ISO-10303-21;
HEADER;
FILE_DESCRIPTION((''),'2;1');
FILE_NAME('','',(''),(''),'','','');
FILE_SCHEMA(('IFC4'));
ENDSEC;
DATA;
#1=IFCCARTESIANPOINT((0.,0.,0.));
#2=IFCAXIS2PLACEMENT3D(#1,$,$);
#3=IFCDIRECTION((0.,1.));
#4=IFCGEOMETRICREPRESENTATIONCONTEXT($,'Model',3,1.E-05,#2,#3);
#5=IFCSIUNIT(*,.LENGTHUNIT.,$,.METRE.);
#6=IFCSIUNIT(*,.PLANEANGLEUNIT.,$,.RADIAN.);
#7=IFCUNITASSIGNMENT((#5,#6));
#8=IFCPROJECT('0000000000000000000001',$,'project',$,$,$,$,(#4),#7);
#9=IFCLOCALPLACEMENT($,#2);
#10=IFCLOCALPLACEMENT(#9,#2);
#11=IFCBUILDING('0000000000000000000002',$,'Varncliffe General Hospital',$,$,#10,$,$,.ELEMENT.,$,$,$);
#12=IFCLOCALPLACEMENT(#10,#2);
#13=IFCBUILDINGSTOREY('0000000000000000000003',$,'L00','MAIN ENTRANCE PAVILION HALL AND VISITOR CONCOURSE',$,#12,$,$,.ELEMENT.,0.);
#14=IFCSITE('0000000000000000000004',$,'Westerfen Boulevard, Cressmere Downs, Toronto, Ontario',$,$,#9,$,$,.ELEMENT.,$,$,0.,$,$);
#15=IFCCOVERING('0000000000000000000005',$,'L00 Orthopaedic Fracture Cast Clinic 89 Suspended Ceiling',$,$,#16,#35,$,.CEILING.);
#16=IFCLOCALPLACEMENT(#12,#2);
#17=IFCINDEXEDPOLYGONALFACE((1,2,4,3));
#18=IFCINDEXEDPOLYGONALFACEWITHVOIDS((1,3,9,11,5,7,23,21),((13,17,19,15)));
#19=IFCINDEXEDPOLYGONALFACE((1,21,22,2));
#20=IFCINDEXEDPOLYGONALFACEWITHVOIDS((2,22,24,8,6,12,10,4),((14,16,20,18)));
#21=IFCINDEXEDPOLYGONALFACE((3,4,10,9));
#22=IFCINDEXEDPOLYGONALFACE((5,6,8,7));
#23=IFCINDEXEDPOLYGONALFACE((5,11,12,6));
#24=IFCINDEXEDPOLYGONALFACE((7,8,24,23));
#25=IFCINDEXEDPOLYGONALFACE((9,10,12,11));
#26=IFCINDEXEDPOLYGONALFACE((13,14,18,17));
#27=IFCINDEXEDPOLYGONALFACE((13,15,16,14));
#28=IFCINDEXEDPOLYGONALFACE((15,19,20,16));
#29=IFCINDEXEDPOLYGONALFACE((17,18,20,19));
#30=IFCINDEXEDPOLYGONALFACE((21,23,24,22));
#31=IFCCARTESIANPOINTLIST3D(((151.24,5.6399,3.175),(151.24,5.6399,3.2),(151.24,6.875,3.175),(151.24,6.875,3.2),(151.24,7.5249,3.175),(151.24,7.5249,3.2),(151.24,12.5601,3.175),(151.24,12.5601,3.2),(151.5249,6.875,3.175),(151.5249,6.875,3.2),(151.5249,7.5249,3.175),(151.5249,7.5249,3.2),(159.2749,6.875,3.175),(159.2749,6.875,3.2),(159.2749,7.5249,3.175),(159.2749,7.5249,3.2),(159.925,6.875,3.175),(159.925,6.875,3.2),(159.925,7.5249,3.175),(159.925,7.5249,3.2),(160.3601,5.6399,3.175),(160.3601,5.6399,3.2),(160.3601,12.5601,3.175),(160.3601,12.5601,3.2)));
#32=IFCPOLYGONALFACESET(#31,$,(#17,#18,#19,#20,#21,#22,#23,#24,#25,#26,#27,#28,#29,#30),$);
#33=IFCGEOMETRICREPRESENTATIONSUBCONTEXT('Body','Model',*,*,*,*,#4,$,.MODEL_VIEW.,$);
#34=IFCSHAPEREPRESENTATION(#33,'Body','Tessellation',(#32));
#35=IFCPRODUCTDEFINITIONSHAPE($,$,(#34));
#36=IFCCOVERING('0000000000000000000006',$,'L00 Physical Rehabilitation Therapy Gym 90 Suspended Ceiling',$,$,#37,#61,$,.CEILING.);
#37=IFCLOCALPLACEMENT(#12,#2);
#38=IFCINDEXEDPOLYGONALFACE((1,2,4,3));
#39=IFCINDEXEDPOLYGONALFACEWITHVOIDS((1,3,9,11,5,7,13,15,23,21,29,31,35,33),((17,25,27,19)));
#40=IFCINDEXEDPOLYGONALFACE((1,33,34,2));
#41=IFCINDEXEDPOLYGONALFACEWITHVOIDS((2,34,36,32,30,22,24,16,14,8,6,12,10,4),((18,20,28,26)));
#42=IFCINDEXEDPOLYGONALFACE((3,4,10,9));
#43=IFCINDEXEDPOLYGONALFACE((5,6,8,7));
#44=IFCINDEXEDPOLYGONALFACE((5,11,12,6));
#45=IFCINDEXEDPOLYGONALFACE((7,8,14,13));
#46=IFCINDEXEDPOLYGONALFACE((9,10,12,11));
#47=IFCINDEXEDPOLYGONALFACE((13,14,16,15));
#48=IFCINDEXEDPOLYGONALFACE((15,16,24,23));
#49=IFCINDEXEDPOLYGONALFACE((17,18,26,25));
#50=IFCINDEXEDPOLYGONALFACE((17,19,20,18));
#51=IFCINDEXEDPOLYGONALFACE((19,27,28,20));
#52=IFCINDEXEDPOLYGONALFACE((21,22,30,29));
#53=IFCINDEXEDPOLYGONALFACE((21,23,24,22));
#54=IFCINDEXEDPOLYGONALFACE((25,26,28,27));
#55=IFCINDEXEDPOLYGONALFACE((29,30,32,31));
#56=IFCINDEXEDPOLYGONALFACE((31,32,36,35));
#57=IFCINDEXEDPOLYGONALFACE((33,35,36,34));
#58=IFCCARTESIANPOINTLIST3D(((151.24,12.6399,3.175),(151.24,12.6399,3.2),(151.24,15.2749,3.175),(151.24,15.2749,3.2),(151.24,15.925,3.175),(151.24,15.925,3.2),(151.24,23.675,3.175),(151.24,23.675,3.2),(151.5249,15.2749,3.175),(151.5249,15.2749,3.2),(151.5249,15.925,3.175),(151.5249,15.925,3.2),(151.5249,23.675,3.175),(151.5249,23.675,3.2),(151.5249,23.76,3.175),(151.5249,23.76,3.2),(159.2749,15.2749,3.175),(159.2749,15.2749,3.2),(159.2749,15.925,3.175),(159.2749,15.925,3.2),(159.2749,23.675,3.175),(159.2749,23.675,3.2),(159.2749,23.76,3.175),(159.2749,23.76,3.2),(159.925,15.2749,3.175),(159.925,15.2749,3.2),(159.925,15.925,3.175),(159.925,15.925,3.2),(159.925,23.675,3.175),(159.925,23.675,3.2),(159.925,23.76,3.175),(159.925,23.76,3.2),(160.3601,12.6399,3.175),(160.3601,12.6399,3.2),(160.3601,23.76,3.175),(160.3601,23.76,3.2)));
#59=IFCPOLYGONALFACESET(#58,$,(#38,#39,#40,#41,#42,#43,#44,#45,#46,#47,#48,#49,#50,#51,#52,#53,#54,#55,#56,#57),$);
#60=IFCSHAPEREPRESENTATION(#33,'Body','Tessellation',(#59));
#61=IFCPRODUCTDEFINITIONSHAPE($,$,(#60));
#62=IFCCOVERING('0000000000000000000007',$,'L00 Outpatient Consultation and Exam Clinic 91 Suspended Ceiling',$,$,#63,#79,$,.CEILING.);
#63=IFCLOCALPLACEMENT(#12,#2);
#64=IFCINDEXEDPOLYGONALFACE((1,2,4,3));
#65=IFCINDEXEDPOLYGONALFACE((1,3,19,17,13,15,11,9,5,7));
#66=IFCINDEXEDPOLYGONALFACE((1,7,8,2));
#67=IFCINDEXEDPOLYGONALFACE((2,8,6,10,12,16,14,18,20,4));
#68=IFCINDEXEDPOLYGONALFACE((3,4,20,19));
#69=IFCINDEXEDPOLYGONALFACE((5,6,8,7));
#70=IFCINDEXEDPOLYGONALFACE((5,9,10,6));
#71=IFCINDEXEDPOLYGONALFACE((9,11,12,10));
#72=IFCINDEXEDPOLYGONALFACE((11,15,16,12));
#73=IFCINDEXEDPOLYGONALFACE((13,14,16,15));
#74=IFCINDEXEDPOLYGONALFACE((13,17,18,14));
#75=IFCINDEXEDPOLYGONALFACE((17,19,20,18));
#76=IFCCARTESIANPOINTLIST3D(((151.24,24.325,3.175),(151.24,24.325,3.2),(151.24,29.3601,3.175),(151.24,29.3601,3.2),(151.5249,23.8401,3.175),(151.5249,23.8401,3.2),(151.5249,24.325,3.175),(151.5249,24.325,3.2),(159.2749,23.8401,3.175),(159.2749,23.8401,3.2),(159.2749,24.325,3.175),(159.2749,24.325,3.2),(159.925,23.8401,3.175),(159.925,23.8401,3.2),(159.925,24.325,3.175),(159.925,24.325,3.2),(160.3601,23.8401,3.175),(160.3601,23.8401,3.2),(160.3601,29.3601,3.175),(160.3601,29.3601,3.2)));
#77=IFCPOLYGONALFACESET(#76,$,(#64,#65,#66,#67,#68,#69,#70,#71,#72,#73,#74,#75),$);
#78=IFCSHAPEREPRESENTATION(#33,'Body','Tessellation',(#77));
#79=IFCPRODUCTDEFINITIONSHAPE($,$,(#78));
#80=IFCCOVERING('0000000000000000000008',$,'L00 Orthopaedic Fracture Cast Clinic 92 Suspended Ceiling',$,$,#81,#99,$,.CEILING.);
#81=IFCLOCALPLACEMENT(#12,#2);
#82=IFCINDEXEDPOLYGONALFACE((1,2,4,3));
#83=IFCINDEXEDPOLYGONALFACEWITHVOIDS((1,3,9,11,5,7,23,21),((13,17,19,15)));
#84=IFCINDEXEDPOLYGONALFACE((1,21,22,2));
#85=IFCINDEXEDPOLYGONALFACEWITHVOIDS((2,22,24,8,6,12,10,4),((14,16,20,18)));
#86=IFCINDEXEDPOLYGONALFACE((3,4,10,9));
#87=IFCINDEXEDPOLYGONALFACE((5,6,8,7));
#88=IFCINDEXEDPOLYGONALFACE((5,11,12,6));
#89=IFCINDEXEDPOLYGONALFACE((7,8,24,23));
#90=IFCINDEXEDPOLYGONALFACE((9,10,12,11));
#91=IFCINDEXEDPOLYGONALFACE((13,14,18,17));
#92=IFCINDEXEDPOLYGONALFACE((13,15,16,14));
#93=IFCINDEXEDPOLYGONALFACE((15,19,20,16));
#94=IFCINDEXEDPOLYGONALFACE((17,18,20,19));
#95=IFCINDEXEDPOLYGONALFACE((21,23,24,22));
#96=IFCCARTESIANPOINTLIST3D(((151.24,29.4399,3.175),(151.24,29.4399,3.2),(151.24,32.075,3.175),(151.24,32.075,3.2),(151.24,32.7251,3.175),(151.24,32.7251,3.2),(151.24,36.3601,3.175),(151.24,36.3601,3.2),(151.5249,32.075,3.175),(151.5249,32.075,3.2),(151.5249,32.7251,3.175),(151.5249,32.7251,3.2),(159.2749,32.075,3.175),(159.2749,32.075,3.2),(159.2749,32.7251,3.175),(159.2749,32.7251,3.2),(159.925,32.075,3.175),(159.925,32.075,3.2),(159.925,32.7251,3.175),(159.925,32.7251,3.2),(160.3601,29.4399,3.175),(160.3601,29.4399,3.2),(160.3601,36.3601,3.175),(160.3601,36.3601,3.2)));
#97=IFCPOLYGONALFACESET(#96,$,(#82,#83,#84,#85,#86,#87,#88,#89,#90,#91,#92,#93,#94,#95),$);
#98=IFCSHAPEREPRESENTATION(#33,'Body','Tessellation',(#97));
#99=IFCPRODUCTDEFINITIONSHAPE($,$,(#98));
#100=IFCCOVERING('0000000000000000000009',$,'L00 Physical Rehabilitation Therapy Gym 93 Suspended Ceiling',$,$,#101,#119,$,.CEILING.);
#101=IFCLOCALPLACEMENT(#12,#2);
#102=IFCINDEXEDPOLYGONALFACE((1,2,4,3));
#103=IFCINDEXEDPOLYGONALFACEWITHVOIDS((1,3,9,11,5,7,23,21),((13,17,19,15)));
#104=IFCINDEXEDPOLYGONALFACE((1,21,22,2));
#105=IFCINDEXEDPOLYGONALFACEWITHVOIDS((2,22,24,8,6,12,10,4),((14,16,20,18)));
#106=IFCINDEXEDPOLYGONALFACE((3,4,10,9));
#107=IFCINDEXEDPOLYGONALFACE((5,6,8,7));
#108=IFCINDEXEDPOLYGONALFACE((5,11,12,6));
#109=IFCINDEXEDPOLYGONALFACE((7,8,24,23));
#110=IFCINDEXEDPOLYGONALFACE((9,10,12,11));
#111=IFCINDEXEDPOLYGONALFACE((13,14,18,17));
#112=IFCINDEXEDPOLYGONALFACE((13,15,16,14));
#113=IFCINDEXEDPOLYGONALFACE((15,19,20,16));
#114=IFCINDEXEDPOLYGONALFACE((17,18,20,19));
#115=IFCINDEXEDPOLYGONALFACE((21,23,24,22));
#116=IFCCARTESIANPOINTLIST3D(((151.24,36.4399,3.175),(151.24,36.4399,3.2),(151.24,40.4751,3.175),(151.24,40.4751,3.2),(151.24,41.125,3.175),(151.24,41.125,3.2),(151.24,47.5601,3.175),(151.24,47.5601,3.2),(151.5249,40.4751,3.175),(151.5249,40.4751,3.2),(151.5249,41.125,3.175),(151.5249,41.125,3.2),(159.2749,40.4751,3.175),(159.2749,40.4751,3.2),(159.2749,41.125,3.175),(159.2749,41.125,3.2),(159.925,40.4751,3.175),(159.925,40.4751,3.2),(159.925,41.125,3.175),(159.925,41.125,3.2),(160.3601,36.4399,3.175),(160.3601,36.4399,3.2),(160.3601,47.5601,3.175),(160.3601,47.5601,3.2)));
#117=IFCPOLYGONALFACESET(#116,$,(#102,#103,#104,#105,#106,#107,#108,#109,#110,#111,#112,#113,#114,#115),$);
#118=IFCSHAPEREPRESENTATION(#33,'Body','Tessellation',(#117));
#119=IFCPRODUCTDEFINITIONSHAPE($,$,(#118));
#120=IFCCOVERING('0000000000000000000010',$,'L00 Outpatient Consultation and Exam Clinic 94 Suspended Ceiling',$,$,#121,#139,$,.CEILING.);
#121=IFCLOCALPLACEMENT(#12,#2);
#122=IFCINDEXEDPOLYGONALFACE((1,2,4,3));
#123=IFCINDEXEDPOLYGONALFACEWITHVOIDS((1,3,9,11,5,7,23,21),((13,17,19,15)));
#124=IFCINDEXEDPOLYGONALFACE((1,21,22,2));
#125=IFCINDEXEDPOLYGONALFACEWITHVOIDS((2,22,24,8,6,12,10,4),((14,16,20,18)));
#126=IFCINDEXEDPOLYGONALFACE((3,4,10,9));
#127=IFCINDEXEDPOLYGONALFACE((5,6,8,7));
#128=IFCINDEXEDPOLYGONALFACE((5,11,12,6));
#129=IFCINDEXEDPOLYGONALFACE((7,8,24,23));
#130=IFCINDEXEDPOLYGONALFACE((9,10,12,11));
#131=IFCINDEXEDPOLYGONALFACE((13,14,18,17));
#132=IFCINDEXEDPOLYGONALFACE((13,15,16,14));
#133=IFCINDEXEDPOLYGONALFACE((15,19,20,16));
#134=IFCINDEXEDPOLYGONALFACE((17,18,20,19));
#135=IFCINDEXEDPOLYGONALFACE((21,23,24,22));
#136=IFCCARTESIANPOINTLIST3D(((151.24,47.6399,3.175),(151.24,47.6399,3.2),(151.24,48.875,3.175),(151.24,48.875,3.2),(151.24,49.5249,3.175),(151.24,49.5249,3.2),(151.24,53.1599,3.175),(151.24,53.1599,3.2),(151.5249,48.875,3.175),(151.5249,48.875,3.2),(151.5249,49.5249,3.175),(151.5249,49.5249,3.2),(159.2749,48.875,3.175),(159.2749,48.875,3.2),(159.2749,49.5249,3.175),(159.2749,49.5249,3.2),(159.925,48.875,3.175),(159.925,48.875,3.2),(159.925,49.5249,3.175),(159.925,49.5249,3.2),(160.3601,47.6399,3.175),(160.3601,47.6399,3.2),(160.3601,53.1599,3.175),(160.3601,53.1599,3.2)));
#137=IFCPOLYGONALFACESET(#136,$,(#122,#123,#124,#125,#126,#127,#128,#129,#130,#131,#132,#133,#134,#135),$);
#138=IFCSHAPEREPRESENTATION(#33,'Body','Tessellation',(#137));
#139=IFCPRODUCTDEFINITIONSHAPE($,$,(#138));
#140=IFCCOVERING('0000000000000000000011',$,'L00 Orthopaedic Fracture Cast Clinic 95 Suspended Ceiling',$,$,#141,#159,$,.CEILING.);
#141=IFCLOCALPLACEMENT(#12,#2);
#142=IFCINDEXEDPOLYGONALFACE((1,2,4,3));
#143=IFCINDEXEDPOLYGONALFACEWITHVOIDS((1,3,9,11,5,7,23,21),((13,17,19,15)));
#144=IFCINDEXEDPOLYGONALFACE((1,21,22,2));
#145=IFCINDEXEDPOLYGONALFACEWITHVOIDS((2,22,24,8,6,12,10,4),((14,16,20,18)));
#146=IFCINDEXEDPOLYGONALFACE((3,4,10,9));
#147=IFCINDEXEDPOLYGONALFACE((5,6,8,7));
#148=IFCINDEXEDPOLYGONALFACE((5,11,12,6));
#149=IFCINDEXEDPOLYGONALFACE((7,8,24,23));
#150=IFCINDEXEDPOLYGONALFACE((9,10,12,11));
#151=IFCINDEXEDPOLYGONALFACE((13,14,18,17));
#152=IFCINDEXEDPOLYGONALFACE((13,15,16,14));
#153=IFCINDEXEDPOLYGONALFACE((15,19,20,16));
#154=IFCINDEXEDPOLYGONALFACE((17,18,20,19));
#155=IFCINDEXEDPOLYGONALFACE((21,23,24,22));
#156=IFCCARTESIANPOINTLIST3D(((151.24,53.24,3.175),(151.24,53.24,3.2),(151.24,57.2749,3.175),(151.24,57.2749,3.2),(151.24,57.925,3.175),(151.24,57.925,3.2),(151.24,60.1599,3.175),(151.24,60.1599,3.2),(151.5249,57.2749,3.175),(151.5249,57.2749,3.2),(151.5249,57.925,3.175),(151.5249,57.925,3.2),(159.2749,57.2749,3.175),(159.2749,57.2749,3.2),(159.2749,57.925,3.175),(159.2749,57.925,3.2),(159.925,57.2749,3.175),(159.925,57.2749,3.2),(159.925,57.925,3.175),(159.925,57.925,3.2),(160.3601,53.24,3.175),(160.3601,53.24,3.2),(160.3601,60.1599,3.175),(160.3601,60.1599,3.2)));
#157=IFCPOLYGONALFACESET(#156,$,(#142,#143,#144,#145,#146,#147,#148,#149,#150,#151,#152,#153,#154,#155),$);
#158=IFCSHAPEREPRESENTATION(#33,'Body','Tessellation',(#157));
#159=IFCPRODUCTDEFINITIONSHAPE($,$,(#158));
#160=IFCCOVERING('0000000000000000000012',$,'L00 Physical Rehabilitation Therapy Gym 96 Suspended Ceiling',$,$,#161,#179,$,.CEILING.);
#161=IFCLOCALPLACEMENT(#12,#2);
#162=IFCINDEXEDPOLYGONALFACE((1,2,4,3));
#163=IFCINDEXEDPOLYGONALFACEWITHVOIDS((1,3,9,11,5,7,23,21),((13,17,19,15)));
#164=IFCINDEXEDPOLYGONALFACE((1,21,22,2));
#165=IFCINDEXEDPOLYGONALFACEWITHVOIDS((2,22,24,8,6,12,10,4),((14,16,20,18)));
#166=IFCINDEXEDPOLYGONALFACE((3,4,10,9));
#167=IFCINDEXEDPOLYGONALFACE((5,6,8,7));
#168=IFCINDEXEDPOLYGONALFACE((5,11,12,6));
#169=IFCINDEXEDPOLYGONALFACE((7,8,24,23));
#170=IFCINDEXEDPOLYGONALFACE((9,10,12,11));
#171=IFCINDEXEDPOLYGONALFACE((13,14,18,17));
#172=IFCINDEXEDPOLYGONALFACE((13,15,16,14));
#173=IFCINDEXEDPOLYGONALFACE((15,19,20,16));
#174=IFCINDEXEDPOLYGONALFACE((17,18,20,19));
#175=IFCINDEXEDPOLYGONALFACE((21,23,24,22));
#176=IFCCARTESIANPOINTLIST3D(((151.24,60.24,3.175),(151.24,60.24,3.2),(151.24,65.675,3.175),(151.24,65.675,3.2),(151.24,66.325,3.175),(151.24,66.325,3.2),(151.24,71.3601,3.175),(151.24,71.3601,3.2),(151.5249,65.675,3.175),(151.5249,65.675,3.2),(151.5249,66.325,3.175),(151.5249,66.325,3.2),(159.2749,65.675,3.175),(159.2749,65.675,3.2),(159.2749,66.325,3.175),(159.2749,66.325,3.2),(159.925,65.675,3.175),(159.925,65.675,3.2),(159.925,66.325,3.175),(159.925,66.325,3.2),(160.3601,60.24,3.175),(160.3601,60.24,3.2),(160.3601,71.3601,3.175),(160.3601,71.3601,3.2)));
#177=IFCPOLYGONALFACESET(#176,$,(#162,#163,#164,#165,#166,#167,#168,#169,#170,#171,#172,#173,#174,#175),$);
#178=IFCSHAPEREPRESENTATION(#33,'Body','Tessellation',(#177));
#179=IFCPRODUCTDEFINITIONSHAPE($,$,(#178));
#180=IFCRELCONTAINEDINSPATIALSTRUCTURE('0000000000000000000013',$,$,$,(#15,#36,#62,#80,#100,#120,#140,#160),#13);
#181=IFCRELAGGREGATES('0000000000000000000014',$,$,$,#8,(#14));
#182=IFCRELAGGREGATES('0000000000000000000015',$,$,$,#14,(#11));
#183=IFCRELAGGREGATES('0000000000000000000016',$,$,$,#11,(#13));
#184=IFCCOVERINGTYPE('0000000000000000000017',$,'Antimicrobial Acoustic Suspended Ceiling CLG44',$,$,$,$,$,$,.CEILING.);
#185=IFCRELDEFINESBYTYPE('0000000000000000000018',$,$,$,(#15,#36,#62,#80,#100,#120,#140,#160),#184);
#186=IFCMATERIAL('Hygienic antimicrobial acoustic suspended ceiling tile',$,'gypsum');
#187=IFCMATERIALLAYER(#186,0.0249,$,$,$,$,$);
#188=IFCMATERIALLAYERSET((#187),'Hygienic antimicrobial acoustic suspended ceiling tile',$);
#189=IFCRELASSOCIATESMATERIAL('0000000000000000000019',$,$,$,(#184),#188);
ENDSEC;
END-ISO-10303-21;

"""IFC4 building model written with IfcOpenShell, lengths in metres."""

from ifc_helpers import new_model, si_unit, direction, frame, origin, place, context, subcontext, project, spatial, polyline, outline, extrude, material, layer, layer_set, type_object, element, save


model = new_model("IFC4")

# Units and contexts
model_context = context("Model", 3, precision=1e-05, world=origin(), true_north=direction((0.0, 1.0)))
body_context = subcontext(model_context, "Body", "Model", "MODEL_VIEW")
ifc_project = project(units=[si_unit("LENGTHUNIT", "METRE"), si_unit("PLANEANGLEUNIT", "RADIAN")], contexts=[model_context])

# Site, building, storey
site_placement = place(None, origin())
site = spatial("IfcSite", under=ifc_project, at=site_placement, Name="Westerfen Boulevard, Cressmere Downs, Toronto, Ontario", CompositionType="ELEMENT", RefElevation=0.0)
building_placement = place(site_placement, origin())
building = spatial("IfcBuilding", under=site, at=building_placement, Name="Varncliffe General Hospital", CompositionType="ELEMENT")
storey_placement = place(building_placement, origin())
storey = spatial("IfcBuildingStorey", under=building, at=storey_placement, Name="L00", Description="MAIN ENTRANCE PAVILION HALL AND VISITOR CONCOURSE", CompositionType="ELEMENT", Elevation=0.0)

# Coverings
ifc_material = material(Name="Hygienic antimicrobial acoustic suspended ceiling tile", Category="gypsum")
ifc_layer = layer(ifc_material, 0.0249)
ifc_layer_set = layer_set([ifc_layer], Name="Hygienic antimicrobial acoustic suspended ceiling tile")
covering_type = type_object("IfcCoveringType", Name="Antimicrobial Acoustic Suspended Ceiling CLG44", PredefinedType="CEILING", material=ifc_layer_set)
covering_1_placement = place(storey_placement, frame((0.0, 0.0, 3.175)))
element("IfcCovering", 1, at=covering_1_placement, inside=storey, type_object=covering_type, Name="L00 Orthopaedic Fracture Cast Clinic 89 Suspended Ceiling", PredefinedType="CEILING", context=body_context, shape_type="SweptSolid", body=[
    extrude(outline(polyline([(151.24, 12.5601), (160.3601, 12.5601), (160.3601, 5.6399), (151.24, 5.6399), (151.24, 6.875), (151.5249, 6.875), (151.5249, 7.5249), (151.24, 7.5249), (151.24, 12.5601)]), holes=[polyline([(159.925, 6.875), (159.925, 7.5249), (159.2749, 7.5249), (159.2749, 6.875), (159.925, 6.875)])]), origin(), (0.0, 0.0, 1.0), 0.0249),
])
covering_2_placement = place(storey_placement, frame((0.0, 0.0, 3.175)))
element("IfcCovering", 2, at=covering_2_placement, inside=storey, type_object=covering_type, Name="L00 Physical Rehabilitation Therapy Gym 90 Suspended Ceiling", PredefinedType="CEILING", context=body_context, shape_type="SweptSolid", body=[
    extrude(outline(polyline([(160.3601, 12.6399), (151.24, 12.6399), (151.24, 15.2749), (151.5249, 15.2749), (151.5249, 15.925), (151.24, 15.925), (151.24, 23.675), (151.5249, 23.675), (151.5249, 23.76), (159.2749, 23.76), (159.2749, 23.675), (159.925, 23.675), (159.925, 23.76), (160.3601, 23.76), (160.3601, 12.6399)]), holes=[polyline([(159.925, 15.2749), (159.925, 15.925), (159.2749, 15.925), (159.2749, 15.2749), (159.925, 15.2749)])]), origin(), (0.0, 0.0, 1.0), 0.0249),
])
covering_3_placement = place(storey_placement, frame((0.0, 0.0, 3.175)))
element("IfcCovering", 3, at=covering_3_placement, inside=storey, type_object=covering_type, Name="L00 Outpatient Consultation and Exam Clinic 91 Suspended Ceiling", PredefinedType="CEILING", context=body_context, shape_type="SweptSolid", body=[
    extrude(outline(polyline([(160.3601, 29.3601), (160.3601, 23.8401), (159.925, 23.8401), (159.925, 24.325), (159.2749, 24.325), (159.2749, 23.8401), (151.5249, 23.8401), (151.5249, 24.325), (151.24, 24.325), (151.24, 29.3601), (160.3601, 29.3601)])), origin(), (0.0, 0.0, 1.0), 0.0249),
])
covering_4_placement = place(storey_placement, frame((0.0, 0.0, 3.175)))
element("IfcCovering", 4, at=covering_4_placement, inside=storey, type_object=covering_type, Name="L00 Orthopaedic Fracture Cast Clinic 92 Suspended Ceiling", PredefinedType="CEILING", context=body_context, shape_type="SweptSolid", body=[
    extrude(outline(polyline([(151.24, 36.3601), (160.3601, 36.3601), (160.3601, 29.4399), (151.24, 29.4399), (151.24, 32.075), (151.5249, 32.075), (151.5249, 32.7251), (151.24, 32.7251), (151.24, 36.3601)]), holes=[polyline([(159.925, 32.075), (159.925, 32.7251), (159.2749, 32.7251), (159.2749, 32.075), (159.925, 32.075)])]), origin(), (0.0, 0.0, 1.0), 0.0249),
])
covering_5_placement = place(storey_placement, frame((0.0, 0.0, 3.175)))
element("IfcCovering", 5, at=covering_5_placement, inside=storey, type_object=covering_type, Name="L00 Physical Rehabilitation Therapy Gym 93 Suspended Ceiling", PredefinedType="CEILING", context=body_context, shape_type="SweptSolid", body=[
    extrude(outline(polyline([(151.24, 47.5601), (160.3601, 47.5601), (160.3601, 36.4399), (151.24, 36.4399), (151.24, 40.4751), (151.5249, 40.4751), (151.5249, 41.125), (151.24, 41.125), (151.24, 47.5601)]), holes=[polyline([(159.925, 40.4751), (159.925, 41.125), (159.2749, 41.125), (159.2749, 40.4751), (159.925, 40.4751)])]), origin(), (0.0, 0.0, 1.0), 0.0249),
])
covering_6_placement = place(storey_placement, frame((0.0, 0.0, 3.175)))
element("IfcCovering", 6, at=covering_6_placement, inside=storey, type_object=covering_type, Name="L00 Outpatient Consultation and Exam Clinic 94 Suspended Ceiling", PredefinedType="CEILING", context=body_context, shape_type="SweptSolid", body=[
    extrude(outline(polyline([(151.24, 53.1599), (160.3601, 53.1599), (160.3601, 47.6399), (151.24, 47.6399), (151.24, 48.875), (151.5249, 48.875), (151.5249, 49.5249), (151.24, 49.5249), (151.24, 53.1599)]), holes=[polyline([(159.925, 48.875), (159.925, 49.5249), (159.2749, 49.5249), (159.2749, 48.875), (159.925, 48.875)])]), origin(), (0.0, 0.0, 1.0), 0.0249),
])
covering_7_placement = place(storey_placement, frame((0.0, 0.0, 3.175)))
element("IfcCovering", 7, at=covering_7_placement, inside=storey, type_object=covering_type, Name="L00 Orthopaedic Fracture Cast Clinic 95 Suspended Ceiling", PredefinedType="CEILING", context=body_context, shape_type="SweptSolid", body=[
    extrude(outline(polyline([(151.24, 60.1599), (160.3601, 60.1599), (160.3601, 53.24), (151.24, 53.24), (151.24, 57.2749), (151.5249, 57.2749), (151.5249, 57.925), (151.24, 57.925), (151.24, 60.1599)]), holes=[polyline([(159.925, 57.2749), (159.925, 57.925), (159.2749, 57.925), (159.2749, 57.2749), (159.925, 57.2749)])]), origin(), (0.0, 0.0, 1.0), 0.0249),
])
covering_8_placement = place(storey_placement, frame((0.0, 0.0, 3.175)))
element("IfcCovering", 8, at=covering_8_placement, inside=storey, type_object=covering_type, Name="L00 Physical Rehabilitation Therapy Gym 96 Suspended Ceiling", PredefinedType="CEILING", context=body_context, shape_type="SweptSolid", body=[
    extrude(outline(polyline([(151.24, 71.3601), (160.3601, 71.3601), (160.3601, 60.24), (151.24, 60.24), (151.24, 65.675), (151.5249, 65.675), (151.5249, 66.325), (151.24, 66.325), (151.24, 71.3601)]), holes=[polyline([(159.925, 65.675), (159.925, 66.325), (159.2749, 66.325), (159.2749, 65.675), (159.925, 65.675)])]), origin(), (0.0, 0.0, 1.0), 0.0249),
])

save(model, "model.ifc")
